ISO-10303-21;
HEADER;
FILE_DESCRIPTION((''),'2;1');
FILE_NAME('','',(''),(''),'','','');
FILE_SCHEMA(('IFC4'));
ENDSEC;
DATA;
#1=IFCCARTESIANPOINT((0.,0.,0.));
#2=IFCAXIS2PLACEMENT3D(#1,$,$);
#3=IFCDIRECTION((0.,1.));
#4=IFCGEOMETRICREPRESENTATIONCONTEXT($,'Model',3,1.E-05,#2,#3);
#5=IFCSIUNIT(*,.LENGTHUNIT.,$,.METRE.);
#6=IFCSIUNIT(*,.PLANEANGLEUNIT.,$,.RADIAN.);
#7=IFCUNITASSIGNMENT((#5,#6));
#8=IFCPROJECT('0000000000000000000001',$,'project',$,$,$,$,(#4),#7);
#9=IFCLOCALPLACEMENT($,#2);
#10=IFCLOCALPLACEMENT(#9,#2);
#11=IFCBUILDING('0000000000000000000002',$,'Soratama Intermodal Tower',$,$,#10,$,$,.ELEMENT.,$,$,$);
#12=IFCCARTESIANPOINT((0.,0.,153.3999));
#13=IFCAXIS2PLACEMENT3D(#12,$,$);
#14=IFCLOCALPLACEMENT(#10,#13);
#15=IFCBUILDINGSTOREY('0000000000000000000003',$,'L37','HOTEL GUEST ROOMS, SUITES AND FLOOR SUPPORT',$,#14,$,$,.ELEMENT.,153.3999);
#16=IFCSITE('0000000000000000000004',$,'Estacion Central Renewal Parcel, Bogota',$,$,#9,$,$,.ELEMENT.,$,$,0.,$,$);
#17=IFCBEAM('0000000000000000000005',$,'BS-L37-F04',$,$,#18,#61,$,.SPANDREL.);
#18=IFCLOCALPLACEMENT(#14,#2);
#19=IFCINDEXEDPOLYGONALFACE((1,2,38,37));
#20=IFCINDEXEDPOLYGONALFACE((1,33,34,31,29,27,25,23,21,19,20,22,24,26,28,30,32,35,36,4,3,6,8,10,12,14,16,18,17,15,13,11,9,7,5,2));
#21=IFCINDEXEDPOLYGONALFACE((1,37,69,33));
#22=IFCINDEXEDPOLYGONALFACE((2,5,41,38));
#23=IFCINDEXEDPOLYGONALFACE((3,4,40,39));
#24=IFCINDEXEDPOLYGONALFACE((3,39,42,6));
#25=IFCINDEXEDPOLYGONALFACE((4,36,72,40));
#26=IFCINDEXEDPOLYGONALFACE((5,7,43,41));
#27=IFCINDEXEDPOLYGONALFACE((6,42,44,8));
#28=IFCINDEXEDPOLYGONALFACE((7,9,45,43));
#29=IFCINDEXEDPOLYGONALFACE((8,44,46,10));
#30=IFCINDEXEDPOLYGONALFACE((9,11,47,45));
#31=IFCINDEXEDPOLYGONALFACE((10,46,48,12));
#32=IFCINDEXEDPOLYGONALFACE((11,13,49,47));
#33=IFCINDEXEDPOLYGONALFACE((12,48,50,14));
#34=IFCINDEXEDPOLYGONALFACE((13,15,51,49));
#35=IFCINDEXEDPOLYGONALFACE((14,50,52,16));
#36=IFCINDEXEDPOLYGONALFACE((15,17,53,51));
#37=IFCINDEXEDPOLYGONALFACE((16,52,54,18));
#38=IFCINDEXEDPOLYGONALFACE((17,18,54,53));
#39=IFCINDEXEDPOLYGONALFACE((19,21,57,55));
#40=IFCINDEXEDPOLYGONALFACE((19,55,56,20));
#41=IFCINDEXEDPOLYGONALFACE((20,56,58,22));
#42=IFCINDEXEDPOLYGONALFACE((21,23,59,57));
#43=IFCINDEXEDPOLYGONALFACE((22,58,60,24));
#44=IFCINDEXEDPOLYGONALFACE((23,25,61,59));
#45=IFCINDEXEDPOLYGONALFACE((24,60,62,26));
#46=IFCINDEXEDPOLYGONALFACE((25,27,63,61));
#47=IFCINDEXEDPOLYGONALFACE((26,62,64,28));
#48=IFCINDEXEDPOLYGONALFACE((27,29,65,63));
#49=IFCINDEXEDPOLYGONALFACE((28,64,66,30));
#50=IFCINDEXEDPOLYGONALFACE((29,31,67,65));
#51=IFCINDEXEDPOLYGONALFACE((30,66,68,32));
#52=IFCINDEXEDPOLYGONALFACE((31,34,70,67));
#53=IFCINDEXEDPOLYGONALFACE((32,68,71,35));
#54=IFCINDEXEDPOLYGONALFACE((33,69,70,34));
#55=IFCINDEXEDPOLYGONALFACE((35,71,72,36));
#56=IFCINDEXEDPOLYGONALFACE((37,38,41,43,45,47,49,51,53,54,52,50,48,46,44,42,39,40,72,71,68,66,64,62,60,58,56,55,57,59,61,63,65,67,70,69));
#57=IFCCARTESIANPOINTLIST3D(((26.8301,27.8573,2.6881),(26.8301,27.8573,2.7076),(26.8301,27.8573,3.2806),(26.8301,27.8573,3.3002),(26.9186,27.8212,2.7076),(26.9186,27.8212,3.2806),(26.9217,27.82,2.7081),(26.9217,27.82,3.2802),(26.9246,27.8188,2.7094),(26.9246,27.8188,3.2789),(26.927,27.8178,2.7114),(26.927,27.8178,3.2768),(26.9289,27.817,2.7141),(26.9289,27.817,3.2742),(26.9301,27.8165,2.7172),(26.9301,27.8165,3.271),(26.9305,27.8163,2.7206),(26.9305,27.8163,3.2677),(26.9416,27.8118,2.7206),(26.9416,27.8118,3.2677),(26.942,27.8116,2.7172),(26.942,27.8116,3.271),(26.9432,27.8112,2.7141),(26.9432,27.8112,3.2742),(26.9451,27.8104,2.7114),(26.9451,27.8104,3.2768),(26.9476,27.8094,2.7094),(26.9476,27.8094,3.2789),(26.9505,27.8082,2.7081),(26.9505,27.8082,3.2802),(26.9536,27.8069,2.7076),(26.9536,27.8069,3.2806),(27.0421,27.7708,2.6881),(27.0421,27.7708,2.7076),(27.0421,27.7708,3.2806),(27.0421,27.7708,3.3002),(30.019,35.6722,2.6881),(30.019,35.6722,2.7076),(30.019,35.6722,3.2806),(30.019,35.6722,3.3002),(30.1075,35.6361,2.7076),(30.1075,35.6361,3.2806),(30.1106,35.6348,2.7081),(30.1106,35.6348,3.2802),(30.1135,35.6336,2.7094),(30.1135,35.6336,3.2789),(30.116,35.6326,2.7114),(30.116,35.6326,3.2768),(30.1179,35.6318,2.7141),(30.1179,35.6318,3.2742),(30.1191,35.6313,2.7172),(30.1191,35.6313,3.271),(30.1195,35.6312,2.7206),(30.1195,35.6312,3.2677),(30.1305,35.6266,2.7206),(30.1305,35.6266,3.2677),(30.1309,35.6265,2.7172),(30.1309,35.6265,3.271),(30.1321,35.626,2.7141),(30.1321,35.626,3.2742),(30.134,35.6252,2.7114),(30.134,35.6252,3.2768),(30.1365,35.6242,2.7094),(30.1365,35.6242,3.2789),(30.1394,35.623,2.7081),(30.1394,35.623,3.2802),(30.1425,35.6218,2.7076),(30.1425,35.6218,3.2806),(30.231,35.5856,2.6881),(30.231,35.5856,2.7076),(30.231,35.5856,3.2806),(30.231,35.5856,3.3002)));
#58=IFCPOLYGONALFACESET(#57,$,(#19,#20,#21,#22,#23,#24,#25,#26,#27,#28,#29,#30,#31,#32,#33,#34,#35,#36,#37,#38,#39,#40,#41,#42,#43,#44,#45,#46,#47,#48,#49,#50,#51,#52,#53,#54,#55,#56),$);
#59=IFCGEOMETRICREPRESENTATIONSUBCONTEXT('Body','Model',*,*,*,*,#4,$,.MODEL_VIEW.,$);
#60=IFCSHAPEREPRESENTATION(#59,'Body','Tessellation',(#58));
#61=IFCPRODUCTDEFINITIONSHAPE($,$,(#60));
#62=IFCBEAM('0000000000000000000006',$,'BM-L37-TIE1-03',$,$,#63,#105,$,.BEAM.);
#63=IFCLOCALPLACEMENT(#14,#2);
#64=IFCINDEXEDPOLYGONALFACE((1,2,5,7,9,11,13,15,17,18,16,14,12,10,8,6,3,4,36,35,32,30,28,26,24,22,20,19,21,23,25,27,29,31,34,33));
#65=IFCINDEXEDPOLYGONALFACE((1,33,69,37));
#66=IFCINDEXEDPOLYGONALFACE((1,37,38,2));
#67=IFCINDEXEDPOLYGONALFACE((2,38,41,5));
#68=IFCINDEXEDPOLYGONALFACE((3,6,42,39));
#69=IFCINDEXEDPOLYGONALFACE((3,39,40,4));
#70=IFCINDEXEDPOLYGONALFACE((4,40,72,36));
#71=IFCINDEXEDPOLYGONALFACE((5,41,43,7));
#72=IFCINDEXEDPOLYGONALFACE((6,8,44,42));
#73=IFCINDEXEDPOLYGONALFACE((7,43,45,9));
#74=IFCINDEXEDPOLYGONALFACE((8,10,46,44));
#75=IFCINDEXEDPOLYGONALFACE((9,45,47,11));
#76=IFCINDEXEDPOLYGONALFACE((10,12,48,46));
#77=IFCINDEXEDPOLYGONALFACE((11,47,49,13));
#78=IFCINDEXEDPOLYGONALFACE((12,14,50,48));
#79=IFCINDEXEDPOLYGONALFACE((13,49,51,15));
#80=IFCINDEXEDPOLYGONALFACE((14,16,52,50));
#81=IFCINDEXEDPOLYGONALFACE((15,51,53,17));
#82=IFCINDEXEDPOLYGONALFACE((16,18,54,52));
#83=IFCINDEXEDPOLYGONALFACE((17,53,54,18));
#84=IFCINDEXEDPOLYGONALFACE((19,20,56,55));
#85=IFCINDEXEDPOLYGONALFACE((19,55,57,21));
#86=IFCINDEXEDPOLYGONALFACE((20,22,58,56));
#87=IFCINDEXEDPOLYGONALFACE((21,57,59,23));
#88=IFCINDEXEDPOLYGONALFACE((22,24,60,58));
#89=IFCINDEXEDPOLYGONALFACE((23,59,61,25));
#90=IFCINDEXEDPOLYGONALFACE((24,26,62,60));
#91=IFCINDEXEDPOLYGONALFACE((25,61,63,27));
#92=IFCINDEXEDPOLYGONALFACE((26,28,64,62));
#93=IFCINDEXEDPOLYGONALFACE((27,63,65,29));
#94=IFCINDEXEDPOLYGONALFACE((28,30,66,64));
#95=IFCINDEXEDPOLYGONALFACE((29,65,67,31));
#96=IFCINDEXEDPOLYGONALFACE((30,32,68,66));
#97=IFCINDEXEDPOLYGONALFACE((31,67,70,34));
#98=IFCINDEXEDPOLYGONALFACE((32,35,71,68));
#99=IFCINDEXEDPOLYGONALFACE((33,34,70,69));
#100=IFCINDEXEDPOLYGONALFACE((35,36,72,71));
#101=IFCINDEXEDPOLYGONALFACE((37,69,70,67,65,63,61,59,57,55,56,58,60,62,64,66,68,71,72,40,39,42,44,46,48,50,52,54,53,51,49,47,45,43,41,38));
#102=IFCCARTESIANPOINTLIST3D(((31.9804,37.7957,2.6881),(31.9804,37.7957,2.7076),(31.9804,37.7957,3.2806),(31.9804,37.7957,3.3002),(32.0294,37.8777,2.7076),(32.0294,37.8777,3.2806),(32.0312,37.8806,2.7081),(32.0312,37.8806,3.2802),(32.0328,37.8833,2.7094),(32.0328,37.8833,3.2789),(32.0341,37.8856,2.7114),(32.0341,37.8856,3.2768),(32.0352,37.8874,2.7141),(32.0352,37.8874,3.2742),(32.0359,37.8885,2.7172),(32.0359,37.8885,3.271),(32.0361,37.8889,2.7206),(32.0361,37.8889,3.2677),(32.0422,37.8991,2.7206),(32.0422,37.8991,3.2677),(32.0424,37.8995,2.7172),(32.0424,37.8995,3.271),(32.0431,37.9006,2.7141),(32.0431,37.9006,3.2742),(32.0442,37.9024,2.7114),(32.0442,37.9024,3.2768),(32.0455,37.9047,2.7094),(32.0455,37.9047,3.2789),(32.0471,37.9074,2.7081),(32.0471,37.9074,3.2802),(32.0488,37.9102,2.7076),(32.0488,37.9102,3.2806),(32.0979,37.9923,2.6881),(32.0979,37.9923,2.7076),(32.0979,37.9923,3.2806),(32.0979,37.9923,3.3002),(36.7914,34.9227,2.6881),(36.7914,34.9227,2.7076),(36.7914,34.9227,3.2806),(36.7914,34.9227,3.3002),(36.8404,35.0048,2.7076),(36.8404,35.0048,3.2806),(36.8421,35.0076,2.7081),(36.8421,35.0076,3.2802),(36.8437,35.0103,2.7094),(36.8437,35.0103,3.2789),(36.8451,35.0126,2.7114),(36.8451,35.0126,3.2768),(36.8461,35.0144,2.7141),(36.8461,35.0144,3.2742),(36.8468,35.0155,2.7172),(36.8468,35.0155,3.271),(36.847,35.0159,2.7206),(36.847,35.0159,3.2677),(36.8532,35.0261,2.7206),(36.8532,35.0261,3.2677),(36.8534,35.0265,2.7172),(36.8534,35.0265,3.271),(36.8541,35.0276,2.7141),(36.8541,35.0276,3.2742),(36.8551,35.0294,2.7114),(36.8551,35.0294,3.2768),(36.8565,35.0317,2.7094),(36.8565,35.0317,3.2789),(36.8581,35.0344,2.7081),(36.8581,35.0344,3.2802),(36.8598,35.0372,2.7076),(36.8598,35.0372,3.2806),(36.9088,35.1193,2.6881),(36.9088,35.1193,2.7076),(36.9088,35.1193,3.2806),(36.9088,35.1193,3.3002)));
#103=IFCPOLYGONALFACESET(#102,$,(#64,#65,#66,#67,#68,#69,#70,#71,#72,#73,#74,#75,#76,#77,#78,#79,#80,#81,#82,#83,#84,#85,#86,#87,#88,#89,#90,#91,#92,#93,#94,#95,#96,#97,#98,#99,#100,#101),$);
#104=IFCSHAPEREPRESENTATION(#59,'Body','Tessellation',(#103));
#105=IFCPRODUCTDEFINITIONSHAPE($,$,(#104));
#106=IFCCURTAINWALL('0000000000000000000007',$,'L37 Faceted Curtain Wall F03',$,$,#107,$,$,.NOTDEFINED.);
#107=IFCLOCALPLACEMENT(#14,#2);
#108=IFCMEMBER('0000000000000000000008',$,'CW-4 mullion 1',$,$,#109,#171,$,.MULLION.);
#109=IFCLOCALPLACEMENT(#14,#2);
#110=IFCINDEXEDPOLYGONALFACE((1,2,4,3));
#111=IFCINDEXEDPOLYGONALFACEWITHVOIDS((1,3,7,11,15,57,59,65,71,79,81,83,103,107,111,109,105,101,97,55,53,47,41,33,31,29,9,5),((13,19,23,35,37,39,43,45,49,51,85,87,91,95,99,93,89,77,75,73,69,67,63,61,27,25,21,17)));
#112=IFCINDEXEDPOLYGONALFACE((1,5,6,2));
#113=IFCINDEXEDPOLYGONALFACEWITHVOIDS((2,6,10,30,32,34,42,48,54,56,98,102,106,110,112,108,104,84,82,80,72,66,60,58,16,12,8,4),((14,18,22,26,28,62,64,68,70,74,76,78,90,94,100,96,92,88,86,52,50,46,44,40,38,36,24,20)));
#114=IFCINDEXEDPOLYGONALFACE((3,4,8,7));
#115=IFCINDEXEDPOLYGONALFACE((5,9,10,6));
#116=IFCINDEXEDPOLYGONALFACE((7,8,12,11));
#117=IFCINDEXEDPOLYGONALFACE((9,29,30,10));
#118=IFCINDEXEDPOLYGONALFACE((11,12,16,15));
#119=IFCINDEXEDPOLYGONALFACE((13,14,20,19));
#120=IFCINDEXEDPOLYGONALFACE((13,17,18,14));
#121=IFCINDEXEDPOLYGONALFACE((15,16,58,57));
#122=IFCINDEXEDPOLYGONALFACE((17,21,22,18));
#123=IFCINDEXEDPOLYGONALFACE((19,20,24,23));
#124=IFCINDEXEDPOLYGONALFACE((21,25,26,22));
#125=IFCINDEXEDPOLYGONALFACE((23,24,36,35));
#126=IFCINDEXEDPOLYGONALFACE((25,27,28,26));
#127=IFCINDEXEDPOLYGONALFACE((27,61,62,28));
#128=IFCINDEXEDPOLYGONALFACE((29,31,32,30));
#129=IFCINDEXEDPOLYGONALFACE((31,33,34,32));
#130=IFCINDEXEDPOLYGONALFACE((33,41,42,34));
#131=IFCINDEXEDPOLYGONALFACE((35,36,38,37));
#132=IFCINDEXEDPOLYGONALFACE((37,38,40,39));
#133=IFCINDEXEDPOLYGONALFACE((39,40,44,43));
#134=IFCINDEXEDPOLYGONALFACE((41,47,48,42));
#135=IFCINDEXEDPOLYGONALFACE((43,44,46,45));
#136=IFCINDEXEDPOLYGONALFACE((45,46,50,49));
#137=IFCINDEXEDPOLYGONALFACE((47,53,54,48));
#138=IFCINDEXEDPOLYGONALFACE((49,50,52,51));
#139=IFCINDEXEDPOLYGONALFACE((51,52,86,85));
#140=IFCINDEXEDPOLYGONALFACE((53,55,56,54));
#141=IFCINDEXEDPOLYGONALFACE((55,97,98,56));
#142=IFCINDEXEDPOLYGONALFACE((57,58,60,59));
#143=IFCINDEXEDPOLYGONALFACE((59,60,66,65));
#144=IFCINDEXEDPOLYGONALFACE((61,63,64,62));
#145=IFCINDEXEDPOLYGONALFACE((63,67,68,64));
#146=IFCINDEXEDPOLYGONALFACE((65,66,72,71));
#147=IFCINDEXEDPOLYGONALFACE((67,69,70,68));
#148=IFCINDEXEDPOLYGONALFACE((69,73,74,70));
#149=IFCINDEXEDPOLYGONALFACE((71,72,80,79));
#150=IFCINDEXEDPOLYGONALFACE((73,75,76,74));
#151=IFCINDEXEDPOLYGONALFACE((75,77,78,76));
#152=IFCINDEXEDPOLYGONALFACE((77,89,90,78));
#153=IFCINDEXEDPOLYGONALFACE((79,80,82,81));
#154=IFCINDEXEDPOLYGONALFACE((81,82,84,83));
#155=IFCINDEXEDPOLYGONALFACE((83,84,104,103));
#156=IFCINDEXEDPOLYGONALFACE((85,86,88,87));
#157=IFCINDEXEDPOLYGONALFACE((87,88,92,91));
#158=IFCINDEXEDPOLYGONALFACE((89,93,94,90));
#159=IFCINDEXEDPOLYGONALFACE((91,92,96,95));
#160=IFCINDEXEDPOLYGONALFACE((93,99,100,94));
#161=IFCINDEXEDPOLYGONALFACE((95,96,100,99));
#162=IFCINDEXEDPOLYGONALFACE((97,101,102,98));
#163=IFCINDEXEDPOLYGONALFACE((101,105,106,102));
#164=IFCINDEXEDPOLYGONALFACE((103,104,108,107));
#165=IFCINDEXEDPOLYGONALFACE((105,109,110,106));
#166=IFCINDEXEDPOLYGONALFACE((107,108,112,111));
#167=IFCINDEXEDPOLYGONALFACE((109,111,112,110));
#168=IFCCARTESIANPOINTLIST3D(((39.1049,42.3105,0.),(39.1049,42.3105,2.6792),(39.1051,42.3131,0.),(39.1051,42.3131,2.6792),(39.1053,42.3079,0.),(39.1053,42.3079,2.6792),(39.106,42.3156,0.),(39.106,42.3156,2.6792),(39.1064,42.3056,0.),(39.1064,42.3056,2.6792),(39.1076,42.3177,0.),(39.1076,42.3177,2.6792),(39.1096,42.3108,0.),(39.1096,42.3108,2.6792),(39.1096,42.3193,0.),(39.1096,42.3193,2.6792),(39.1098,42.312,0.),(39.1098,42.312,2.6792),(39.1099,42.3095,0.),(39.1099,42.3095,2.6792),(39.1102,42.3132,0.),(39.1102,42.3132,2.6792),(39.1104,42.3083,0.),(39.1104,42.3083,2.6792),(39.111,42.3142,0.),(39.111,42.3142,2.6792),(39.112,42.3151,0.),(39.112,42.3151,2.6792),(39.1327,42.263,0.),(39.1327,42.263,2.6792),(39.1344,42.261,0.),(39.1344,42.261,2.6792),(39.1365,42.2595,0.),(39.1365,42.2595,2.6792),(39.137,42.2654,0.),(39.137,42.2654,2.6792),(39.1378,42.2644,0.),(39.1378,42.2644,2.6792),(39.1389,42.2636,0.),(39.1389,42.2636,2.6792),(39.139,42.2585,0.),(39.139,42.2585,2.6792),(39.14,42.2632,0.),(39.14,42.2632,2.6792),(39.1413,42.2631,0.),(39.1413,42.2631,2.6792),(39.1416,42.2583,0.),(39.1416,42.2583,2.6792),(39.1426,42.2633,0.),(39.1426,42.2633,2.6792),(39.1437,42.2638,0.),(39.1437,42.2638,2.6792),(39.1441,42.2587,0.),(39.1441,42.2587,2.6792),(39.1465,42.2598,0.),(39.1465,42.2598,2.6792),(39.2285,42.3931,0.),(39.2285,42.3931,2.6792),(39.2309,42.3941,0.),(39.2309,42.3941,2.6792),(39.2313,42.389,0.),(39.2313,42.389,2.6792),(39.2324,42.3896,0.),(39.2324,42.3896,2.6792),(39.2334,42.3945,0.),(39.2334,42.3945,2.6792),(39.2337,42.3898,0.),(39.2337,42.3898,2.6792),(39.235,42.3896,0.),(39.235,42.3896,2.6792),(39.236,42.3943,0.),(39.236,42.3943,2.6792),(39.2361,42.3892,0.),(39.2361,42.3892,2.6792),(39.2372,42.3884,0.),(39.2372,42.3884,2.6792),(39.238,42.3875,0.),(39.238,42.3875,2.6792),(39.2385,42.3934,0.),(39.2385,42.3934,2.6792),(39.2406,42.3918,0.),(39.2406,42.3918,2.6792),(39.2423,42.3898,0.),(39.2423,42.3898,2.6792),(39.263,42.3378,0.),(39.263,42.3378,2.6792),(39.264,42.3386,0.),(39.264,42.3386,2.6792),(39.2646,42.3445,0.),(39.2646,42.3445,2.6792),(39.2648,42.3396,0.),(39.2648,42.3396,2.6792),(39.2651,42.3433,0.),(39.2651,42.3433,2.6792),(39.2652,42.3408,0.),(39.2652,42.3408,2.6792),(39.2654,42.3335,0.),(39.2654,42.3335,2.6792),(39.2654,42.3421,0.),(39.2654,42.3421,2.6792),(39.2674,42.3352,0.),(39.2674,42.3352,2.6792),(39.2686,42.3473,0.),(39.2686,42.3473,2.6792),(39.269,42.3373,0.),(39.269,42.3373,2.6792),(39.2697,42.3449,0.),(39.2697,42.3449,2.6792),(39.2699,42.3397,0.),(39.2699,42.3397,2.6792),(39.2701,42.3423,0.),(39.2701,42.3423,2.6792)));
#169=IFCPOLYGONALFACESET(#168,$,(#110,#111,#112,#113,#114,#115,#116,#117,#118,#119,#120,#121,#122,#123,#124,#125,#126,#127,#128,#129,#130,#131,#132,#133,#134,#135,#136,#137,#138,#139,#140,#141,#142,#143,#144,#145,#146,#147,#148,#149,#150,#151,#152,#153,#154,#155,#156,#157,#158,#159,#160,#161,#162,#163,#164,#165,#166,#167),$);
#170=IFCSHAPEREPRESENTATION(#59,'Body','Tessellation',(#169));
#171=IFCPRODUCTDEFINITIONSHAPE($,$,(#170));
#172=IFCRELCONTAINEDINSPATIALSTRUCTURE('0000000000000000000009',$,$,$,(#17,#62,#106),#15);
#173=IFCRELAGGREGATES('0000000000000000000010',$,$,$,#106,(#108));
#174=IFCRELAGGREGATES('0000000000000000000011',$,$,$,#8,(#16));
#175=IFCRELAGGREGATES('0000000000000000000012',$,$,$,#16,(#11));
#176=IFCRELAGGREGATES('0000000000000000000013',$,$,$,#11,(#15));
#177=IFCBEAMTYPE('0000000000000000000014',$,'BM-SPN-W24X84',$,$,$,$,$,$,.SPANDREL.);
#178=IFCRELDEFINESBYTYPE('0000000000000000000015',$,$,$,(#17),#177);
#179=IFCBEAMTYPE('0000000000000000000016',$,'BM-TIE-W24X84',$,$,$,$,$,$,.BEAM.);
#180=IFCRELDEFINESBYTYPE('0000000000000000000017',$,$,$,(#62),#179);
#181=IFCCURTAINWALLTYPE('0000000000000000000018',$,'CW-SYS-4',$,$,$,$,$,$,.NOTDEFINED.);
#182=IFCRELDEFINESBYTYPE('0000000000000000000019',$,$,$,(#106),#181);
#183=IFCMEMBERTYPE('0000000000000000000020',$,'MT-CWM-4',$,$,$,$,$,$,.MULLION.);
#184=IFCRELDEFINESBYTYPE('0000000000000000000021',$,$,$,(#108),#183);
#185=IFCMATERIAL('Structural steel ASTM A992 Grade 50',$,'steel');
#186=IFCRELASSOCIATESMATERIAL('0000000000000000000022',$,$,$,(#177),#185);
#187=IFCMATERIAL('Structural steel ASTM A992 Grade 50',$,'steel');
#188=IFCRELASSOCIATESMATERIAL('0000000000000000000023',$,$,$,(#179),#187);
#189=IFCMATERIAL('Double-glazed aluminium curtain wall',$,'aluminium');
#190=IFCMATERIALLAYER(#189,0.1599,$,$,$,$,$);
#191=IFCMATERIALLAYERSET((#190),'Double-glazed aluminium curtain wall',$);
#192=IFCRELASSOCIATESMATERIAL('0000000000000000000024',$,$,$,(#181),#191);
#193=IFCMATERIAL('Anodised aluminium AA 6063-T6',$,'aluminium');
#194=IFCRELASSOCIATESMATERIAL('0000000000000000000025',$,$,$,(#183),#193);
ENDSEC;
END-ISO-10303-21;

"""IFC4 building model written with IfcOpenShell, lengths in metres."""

from ifc_helpers import new_model, si_unit, direction, frame, origin, origin_2d, place, context, subcontext, project, spatial, hollow_rectangle, i_section, extrude, material, layer, layer_set, material_profile, profile_set, type_object, element, aggregate, save


model = new_model("IFC4")

# Units and contexts
model_context = context("Model", 3, precision=1e-05, world=origin(), true_north=direction((0.0, 1.0)))
body_context = subcontext(model_context, "Body", "Model", "MODEL_VIEW")
ifc_project = project(units=[si_unit("LENGTHUNIT", "METRE"), si_unit("PLANEANGLEUNIT", "RADIAN")], contexts=[model_context])

# Site, building, storey
site_placement = place(None, origin())
site = spatial("IfcSite", under=ifc_project, at=site_placement, Name="Estacion Central Renewal Parcel, Bogota", CompositionType="ELEMENT", RefElevation=0.0)
building_placement = place(site_placement, origin())
building = spatial("IfcBuilding", under=site, at=building_placement, Name="Soratama Intermodal Tower", CompositionType="ELEMENT")
storey_placement = place(building_placement, frame((0.0, 0.0, 153.3999)))
storey = spatial("IfcBuildingStorey", under=building, at=storey_placement, Name="L37", Description="HOTEL GUEST ROOMS, SUITES AND FLOOR SUPPORT", CompositionType="ELEMENT", Elevation=153.3999)

# Beams
ifc_material_1 = material(Name="Structural steel ASTM A992 Grade 50", Category="steel")
ifc_material_profile_1 = material_profile(ifc_material_1, i_section(OverallWidth=0.229, OverallDepth=0.6121, WebThickness=0.012, FlangeThickness=0.0195, FilletRadius=0.0129, at=origin_2d()), Name="W24X84")
ifc_profile_set_1 = profile_set([ifc_material_profile_1], Name="Structural steel ASTM A992 Grade 50")
beam_type_1 = type_object("IfcBeamType", Name="BM-SPN-W24X84", PredefinedType="SPANDREL", material=ifc_profile_set_1)
beam_1_placement = place(storey_placement, frame((30.125, 35.6289, 2.9941), z_axis=(-0.377815, -0.925881, 0.0), x_axis=(0.925881, -0.377815, 0.0)))
element("IfcBeam", 1, at=beam_1_placement, inside=storey, type_object=beam_type_1, Name="BS-L37-F04", PredefinedType="SPANDREL", context=body_context, shape_type="SweptSolid", body=[
    extrude(i_section(OverallWidth=0.229, OverallDepth=0.6121, WebThickness=0.012, FlangeThickness=0.0195, FilletRadius=0.0129, at=origin_2d()), origin(), (0.0, 0.0, 1.0), 8.4404),
])
ifc_material_2 = material(Name="Structural steel ASTM A992 Grade 50", Category="steel")
ifc_material_profile_2 = material_profile(ifc_material_2, i_section(OverallWidth=0.229, OverallDepth=0.6121, WebThickness=0.012, FlangeThickness=0.0195, FilletRadius=0.0129, at=origin_2d()), Name="W24X84")
ifc_profile_set_2 = profile_set([ifc_material_profile_2], Name="Structural steel ASTM A992 Grade 50")
beam_type_2 = type_object("IfcBeamType", Name="BM-TIE-W24X84", PredefinedType="BEAM", material=ifc_profile_set_2)
beam_2_placement = place(storey_placement, frame((36.8501, 35.021, 2.9941), z_axis=(-0.85856, 0.512713, 0.0), x_axis=(-0.512713, -0.85856, 0.0)))
element("IfcBeam", 2, at=beam_2_placement, inside=storey, type_object=beam_type_2, Name="BM-L37-TIE1-03", PredefinedType="BEAM", context=body_context, shape_type="SweptSolid", body=[
    extrude(i_section(OverallWidth=0.229, OverallDepth=0.6121, WebThickness=0.012, FlangeThickness=0.0195, FilletRadius=0.0129, at=origin_2d()), origin(), (0.0, 0.0, 1.0), 5.6035),
])

# Curtain wall, member
ifc_material_3 = material(Name="Double-glazed aluminium curtain wall", Category="aluminium")
ifc_layer_1 = layer(ifc_material_3, 0.1599)
ifc_layer_set_1 = layer_set([ifc_layer_1], Name="Double-glazed aluminium curtain wall")
curtain_wall_type = type_object("IfcCurtainWallType", Name="CW-SYS-4", PredefinedType="NOTDEFINED", material=ifc_layer_set_1)
curtain_wall_1_placement = place(storey_placement, origin())
curtain_wall_1 = element("IfcCurtainWall", 3, at=curtain_wall_1_placement, inside=storey, type_object=curtain_wall_type, Name="L37 Faceted Curtain Wall F03", PredefinedType="NOTDEFINED")
ifc_material_4 = material(Name="Anodised aluminium AA 6063-T6", Category="aluminium")
ifc_material_profile_3 = material_profile(ifc_material_4, hollow_rectangle(XDim=0.0701, YDim=0.1599, WallThickness=0.0049, InnerFilletRadius=0.0049, OuterFilletRadius=0.01, at=origin_2d()), Name="CWM160X70X5")
ifc_profile_set_3 = profile_set([ifc_material_profile_3], Name="Anodised aluminium AA 6063-T6")
member_type_1 = type_object("IfcMemberType", Name="MT-CWM-4", PredefinedType="MULLION", material=ifc_profile_set_3)
member_1_placement = place(storey_placement, frame((39.1875, 42.3264, 0.0), z_axis=(0.0, 0.0, 1.0), x_axis=(0.526959, -0.84989, 0.0)))
member_1 = element("IfcMember", 4, at=member_1_placement, type_object=member_type_1, Name="CW-4 mullion 1", PredefinedType="MULLION", context=body_context, shape_type="SweptSolid", body=[
    extrude(hollow_rectangle(XDim=0.0701, YDim=0.1599, WallThickness=0.0049, InnerFilletRadius=0.0049, OuterFilletRadius=0.01, at=origin_2d()), origin(), (0.0, 0.0, 1.0), 2.6792),
])

aggregate(curtain_wall_1, [member_1])

save(model, "model.ifc")
